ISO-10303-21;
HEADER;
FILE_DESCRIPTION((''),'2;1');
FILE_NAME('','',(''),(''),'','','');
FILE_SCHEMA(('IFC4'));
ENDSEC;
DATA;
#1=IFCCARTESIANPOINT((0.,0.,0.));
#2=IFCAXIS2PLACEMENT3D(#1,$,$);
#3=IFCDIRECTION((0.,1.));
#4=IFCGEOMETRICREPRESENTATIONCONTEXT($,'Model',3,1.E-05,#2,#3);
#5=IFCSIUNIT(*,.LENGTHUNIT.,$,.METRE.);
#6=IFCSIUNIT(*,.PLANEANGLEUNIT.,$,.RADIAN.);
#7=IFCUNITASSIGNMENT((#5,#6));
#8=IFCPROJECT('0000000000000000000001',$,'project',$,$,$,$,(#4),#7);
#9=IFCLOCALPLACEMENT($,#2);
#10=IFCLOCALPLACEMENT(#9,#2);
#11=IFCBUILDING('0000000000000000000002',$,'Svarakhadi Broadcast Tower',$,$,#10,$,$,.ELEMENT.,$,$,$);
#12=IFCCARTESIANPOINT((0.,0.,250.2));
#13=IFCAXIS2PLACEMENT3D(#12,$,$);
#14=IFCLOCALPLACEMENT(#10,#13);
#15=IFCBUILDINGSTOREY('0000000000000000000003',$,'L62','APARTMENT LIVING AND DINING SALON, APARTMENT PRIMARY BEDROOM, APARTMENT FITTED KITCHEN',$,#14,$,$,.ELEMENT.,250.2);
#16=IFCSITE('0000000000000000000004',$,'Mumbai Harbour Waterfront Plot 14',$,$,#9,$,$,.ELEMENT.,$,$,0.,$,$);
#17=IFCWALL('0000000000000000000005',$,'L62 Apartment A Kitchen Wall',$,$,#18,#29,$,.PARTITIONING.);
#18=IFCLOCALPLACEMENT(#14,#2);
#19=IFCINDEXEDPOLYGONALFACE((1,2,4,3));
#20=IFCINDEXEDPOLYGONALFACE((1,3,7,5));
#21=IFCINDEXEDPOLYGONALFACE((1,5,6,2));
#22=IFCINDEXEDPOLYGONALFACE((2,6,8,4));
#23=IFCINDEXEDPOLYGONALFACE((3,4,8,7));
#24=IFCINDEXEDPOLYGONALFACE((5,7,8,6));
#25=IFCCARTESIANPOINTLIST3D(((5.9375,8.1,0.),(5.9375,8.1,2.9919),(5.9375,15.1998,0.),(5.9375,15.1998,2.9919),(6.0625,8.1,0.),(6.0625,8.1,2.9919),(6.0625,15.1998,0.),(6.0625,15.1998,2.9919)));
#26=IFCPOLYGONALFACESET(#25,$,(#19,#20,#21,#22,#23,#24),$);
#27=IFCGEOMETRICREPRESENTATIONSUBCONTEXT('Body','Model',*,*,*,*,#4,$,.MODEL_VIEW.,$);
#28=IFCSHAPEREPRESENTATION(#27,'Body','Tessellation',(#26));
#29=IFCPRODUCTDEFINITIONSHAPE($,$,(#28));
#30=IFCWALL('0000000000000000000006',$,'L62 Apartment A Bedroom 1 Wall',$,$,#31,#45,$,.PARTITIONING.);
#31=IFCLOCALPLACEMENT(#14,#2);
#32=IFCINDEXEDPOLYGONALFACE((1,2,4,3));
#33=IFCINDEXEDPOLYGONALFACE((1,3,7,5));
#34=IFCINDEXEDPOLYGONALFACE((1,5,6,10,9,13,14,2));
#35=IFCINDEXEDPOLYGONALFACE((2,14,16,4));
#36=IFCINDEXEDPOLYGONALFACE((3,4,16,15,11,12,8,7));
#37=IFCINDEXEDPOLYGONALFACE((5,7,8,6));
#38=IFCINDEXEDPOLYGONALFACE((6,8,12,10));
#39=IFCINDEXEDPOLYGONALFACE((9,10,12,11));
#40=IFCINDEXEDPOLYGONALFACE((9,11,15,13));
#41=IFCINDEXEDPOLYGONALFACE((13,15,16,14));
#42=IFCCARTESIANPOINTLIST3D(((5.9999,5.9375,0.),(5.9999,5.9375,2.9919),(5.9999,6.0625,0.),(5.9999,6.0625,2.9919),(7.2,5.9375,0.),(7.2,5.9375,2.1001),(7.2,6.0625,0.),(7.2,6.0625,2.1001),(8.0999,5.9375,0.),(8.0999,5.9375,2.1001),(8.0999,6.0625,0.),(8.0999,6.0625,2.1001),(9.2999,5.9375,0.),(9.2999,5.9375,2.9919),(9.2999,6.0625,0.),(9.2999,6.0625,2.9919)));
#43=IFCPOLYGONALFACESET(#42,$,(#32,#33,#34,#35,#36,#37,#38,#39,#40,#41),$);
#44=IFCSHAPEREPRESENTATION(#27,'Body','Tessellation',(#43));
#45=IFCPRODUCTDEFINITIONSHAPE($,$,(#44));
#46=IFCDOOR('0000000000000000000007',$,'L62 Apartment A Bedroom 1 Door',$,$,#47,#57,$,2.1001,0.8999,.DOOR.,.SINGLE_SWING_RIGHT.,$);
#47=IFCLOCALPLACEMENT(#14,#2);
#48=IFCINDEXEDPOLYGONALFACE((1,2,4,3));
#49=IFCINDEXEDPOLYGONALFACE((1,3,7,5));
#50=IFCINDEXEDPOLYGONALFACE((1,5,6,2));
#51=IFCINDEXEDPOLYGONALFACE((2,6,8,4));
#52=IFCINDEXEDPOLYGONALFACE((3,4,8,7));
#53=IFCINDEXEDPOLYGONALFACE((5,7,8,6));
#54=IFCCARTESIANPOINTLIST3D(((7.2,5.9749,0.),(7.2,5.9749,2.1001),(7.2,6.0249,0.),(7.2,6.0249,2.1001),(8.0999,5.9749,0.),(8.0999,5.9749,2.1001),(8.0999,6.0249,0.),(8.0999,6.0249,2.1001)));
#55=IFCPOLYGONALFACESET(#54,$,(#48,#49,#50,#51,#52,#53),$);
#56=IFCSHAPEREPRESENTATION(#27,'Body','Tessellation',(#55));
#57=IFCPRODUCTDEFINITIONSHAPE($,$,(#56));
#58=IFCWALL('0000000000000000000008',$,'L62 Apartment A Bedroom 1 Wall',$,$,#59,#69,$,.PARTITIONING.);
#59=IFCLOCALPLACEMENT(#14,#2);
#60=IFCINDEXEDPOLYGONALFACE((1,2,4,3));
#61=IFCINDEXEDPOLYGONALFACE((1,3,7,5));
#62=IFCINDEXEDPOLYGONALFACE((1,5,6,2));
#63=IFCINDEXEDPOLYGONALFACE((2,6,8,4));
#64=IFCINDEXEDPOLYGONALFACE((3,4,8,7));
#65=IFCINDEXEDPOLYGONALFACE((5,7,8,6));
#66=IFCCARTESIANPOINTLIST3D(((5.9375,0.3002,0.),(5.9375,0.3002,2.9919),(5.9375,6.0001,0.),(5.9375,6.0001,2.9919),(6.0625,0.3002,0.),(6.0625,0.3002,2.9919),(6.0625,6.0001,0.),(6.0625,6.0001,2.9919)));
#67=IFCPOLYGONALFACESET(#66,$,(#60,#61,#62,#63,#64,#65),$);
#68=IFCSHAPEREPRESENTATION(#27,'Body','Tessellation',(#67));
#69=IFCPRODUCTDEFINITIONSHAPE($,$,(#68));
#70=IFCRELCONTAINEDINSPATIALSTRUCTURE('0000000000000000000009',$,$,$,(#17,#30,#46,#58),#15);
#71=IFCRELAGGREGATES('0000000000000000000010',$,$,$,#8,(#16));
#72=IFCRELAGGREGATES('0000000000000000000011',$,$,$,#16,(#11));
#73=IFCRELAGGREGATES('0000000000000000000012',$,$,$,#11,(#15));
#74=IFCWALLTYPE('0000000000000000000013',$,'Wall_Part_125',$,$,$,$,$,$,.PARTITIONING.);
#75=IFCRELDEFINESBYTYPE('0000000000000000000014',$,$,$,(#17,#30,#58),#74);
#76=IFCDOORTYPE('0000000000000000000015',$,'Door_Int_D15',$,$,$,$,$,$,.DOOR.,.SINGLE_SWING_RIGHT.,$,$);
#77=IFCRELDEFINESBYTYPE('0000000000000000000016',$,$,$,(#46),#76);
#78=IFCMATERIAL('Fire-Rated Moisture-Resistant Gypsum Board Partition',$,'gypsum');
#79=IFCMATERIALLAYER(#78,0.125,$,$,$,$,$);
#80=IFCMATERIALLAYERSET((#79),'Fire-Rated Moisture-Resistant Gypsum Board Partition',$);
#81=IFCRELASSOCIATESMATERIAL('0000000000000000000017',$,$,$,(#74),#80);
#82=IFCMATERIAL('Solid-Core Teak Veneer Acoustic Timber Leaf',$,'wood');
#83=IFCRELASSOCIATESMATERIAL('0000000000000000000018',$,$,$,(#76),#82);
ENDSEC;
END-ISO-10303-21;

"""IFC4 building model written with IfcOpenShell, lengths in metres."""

from ifc_helpers import new_model, si_unit, direction, frame, frame_2d, origin, place, context, subcontext, project, spatial, rectangle, extrude, material, layer, layer_set, type_object, element, fill, save


model = new_model("IFC4")

# Units and contexts
model_context = context("Model", 3, precision=1e-05, world=origin(), true_north=direction((0.0, 1.0)))
body_context = subcontext(model_context, "Body", "Model", "MODEL_VIEW")
ifc_project = project(units=[si_unit("LENGTHUNIT", "METRE"), si_unit("PLANEANGLEUNIT", "RADIAN")], contexts=[model_context])

# Site, building, storey
site_placement = place(None, origin())
site = spatial("IfcSite", under=ifc_project, at=site_placement, Name="Mumbai Harbour Waterfront Plot 14", CompositionType="ELEMENT", RefElevation=0.0)
building_placement = place(site_placement, origin())
building = spatial("IfcBuilding", under=site, at=building_placement, Name="Svarakhadi Broadcast Tower", CompositionType="ELEMENT")
storey_placement = place(building_placement, frame((0.0, 0.0, 250.2)))
storey = spatial("IfcBuildingStorey", under=building, at=storey_placement, Name="L62", Description="APARTMENT LIVING AND DINING SALON, APARTMENT PRIMARY BEDROOM, APARTMENT FITTED KITCHEN", CompositionType="ELEMENT", Elevation=250.2)

# Shared definitions
ifc_material_1 = material(Name="Fire-Rated Moisture-Resistant Gypsum Board Partition", Category="gypsum")
ifc_layer_1 = layer(ifc_material_1, 0.125)
ifc_layer_set_1 = layer_set([ifc_layer_1], Name="Fire-Rated Moisture-Resistant Gypsum Board Partition")
wall_type = type_object("IfcWallType", Name="Wall_Part_125", PredefinedType="PARTITIONING", material=ifc_layer_set_1)
ifc_material_2 = material(Name="Solid-Core Teak Veneer Acoustic Timber Leaf", Category="wood")

# Wall
wall_1_placement = place(storey_placement, frame((6.0, 8.1001, 0.0), z_axis=(0.0, 0.0, 1.0), x_axis=(0.0, 1.0, 0.0)))
element("IfcWall", 1, at=wall_1_placement, inside=storey, type_object=wall_type, Name="L62 Apartment A Kitchen Wall", PredefinedType="PARTITIONING", context=body_context, shape_type="SweptSolid", body=[
    extrude(rectangle(XDim=7.0999, YDim=0.125, at=frame_2d((3.5498, 0.0))), origin(), (0.0, 0.0, 1.0), 2.9919),
])

# Wall, opening, door
wall_2_placement = place(storey_placement, frame((6.0, 6.0, 0.0), z_axis=(0.0, 0.0, 1.0), x_axis=(1.0, 0.0, 0.0)))
wall_2 = element("IfcWall", 2, at=wall_2_placement, inside=storey, type_object=wall_type, Name="L62 Apartment A Bedroom 1 Wall", PredefinedType="PARTITIONING", context=body_context, shape_type="SweptSolid", body=[
    extrude(rectangle(XDim=3.3, YDim=0.125, at=frame_2d((1.6499, 0.0))), origin(), (0.0, 0.0, 1.0), 2.9919),
])
opening_1_placement = place(wall_2_placement, frame((1.2, 0.0, 0.0)))
opening_1 = element("IfcOpeningElement", 3, at=opening_1_placement, cuts=wall_2, PredefinedType="OPENING", context=body_context, shape_type="SweptSolid", body=[
    extrude(rectangle(XDim=0.8999, YDim=2.1001, at=frame_2d((0.45, 1.05))), frame((0.0, 0.0725, 0.0), z_axis=(0.0, -1.0, 0.0), x_axis=(1.0, 0.0, 0.0)), (0.0, 0.0, 1.0), 0.145),
])
door_type_1 = type_object("IfcDoorType", Name="Door_Int_D15", OperationType="SINGLE_SWING_RIGHT", PredefinedType="DOOR", material=ifc_material_2)
door_1_placement = place(opening_1_placement, origin())
door_1 = element("IfcDoor", 4, at=door_1_placement, inside=storey, type_object=door_type_1, Name="L62 Apartment A Bedroom 1 Door", OperationType="SINGLE_SWING_RIGHT", OverallHeight=2.1001, OverallWidth=0.8999, PredefinedType="DOOR", context=body_context, shape_type="SweptSolid", body=[
    extrude(rectangle(XDim=0.8999, YDim=2.1001, at=frame_2d((0.45, 1.05))), frame((0.0, 0.0249, 0.0), z_axis=(0.0, -1.0, 0.0), x_axis=(1.0, 0.0, 0.0)), (0.0, 0.0, 1.0), 0.05),
])
fill(opening_1, door_1)

# Wall
wall_3_placement = place(storey_placement, frame((6.0, 0.3, 0.0), z_axis=(0.0, 0.0, 1.0), x_axis=(0.0, 1.0, 0.0)))
element("IfcWall", 5, at=wall_3_placement, inside=storey, type_object=wall_type, Name="L62 Apartment A Bedroom 1 Wall", PredefinedType="PARTITIONING", context=body_context, shape_type="SweptSolid", body=[
    extrude(rectangle(XDim=5.7, YDim=0.125, at=frame_2d((2.8501, 0.0))), origin(), (0.0, 0.0, 1.0), 2.9919),
])

save(model, "model.ifc")
